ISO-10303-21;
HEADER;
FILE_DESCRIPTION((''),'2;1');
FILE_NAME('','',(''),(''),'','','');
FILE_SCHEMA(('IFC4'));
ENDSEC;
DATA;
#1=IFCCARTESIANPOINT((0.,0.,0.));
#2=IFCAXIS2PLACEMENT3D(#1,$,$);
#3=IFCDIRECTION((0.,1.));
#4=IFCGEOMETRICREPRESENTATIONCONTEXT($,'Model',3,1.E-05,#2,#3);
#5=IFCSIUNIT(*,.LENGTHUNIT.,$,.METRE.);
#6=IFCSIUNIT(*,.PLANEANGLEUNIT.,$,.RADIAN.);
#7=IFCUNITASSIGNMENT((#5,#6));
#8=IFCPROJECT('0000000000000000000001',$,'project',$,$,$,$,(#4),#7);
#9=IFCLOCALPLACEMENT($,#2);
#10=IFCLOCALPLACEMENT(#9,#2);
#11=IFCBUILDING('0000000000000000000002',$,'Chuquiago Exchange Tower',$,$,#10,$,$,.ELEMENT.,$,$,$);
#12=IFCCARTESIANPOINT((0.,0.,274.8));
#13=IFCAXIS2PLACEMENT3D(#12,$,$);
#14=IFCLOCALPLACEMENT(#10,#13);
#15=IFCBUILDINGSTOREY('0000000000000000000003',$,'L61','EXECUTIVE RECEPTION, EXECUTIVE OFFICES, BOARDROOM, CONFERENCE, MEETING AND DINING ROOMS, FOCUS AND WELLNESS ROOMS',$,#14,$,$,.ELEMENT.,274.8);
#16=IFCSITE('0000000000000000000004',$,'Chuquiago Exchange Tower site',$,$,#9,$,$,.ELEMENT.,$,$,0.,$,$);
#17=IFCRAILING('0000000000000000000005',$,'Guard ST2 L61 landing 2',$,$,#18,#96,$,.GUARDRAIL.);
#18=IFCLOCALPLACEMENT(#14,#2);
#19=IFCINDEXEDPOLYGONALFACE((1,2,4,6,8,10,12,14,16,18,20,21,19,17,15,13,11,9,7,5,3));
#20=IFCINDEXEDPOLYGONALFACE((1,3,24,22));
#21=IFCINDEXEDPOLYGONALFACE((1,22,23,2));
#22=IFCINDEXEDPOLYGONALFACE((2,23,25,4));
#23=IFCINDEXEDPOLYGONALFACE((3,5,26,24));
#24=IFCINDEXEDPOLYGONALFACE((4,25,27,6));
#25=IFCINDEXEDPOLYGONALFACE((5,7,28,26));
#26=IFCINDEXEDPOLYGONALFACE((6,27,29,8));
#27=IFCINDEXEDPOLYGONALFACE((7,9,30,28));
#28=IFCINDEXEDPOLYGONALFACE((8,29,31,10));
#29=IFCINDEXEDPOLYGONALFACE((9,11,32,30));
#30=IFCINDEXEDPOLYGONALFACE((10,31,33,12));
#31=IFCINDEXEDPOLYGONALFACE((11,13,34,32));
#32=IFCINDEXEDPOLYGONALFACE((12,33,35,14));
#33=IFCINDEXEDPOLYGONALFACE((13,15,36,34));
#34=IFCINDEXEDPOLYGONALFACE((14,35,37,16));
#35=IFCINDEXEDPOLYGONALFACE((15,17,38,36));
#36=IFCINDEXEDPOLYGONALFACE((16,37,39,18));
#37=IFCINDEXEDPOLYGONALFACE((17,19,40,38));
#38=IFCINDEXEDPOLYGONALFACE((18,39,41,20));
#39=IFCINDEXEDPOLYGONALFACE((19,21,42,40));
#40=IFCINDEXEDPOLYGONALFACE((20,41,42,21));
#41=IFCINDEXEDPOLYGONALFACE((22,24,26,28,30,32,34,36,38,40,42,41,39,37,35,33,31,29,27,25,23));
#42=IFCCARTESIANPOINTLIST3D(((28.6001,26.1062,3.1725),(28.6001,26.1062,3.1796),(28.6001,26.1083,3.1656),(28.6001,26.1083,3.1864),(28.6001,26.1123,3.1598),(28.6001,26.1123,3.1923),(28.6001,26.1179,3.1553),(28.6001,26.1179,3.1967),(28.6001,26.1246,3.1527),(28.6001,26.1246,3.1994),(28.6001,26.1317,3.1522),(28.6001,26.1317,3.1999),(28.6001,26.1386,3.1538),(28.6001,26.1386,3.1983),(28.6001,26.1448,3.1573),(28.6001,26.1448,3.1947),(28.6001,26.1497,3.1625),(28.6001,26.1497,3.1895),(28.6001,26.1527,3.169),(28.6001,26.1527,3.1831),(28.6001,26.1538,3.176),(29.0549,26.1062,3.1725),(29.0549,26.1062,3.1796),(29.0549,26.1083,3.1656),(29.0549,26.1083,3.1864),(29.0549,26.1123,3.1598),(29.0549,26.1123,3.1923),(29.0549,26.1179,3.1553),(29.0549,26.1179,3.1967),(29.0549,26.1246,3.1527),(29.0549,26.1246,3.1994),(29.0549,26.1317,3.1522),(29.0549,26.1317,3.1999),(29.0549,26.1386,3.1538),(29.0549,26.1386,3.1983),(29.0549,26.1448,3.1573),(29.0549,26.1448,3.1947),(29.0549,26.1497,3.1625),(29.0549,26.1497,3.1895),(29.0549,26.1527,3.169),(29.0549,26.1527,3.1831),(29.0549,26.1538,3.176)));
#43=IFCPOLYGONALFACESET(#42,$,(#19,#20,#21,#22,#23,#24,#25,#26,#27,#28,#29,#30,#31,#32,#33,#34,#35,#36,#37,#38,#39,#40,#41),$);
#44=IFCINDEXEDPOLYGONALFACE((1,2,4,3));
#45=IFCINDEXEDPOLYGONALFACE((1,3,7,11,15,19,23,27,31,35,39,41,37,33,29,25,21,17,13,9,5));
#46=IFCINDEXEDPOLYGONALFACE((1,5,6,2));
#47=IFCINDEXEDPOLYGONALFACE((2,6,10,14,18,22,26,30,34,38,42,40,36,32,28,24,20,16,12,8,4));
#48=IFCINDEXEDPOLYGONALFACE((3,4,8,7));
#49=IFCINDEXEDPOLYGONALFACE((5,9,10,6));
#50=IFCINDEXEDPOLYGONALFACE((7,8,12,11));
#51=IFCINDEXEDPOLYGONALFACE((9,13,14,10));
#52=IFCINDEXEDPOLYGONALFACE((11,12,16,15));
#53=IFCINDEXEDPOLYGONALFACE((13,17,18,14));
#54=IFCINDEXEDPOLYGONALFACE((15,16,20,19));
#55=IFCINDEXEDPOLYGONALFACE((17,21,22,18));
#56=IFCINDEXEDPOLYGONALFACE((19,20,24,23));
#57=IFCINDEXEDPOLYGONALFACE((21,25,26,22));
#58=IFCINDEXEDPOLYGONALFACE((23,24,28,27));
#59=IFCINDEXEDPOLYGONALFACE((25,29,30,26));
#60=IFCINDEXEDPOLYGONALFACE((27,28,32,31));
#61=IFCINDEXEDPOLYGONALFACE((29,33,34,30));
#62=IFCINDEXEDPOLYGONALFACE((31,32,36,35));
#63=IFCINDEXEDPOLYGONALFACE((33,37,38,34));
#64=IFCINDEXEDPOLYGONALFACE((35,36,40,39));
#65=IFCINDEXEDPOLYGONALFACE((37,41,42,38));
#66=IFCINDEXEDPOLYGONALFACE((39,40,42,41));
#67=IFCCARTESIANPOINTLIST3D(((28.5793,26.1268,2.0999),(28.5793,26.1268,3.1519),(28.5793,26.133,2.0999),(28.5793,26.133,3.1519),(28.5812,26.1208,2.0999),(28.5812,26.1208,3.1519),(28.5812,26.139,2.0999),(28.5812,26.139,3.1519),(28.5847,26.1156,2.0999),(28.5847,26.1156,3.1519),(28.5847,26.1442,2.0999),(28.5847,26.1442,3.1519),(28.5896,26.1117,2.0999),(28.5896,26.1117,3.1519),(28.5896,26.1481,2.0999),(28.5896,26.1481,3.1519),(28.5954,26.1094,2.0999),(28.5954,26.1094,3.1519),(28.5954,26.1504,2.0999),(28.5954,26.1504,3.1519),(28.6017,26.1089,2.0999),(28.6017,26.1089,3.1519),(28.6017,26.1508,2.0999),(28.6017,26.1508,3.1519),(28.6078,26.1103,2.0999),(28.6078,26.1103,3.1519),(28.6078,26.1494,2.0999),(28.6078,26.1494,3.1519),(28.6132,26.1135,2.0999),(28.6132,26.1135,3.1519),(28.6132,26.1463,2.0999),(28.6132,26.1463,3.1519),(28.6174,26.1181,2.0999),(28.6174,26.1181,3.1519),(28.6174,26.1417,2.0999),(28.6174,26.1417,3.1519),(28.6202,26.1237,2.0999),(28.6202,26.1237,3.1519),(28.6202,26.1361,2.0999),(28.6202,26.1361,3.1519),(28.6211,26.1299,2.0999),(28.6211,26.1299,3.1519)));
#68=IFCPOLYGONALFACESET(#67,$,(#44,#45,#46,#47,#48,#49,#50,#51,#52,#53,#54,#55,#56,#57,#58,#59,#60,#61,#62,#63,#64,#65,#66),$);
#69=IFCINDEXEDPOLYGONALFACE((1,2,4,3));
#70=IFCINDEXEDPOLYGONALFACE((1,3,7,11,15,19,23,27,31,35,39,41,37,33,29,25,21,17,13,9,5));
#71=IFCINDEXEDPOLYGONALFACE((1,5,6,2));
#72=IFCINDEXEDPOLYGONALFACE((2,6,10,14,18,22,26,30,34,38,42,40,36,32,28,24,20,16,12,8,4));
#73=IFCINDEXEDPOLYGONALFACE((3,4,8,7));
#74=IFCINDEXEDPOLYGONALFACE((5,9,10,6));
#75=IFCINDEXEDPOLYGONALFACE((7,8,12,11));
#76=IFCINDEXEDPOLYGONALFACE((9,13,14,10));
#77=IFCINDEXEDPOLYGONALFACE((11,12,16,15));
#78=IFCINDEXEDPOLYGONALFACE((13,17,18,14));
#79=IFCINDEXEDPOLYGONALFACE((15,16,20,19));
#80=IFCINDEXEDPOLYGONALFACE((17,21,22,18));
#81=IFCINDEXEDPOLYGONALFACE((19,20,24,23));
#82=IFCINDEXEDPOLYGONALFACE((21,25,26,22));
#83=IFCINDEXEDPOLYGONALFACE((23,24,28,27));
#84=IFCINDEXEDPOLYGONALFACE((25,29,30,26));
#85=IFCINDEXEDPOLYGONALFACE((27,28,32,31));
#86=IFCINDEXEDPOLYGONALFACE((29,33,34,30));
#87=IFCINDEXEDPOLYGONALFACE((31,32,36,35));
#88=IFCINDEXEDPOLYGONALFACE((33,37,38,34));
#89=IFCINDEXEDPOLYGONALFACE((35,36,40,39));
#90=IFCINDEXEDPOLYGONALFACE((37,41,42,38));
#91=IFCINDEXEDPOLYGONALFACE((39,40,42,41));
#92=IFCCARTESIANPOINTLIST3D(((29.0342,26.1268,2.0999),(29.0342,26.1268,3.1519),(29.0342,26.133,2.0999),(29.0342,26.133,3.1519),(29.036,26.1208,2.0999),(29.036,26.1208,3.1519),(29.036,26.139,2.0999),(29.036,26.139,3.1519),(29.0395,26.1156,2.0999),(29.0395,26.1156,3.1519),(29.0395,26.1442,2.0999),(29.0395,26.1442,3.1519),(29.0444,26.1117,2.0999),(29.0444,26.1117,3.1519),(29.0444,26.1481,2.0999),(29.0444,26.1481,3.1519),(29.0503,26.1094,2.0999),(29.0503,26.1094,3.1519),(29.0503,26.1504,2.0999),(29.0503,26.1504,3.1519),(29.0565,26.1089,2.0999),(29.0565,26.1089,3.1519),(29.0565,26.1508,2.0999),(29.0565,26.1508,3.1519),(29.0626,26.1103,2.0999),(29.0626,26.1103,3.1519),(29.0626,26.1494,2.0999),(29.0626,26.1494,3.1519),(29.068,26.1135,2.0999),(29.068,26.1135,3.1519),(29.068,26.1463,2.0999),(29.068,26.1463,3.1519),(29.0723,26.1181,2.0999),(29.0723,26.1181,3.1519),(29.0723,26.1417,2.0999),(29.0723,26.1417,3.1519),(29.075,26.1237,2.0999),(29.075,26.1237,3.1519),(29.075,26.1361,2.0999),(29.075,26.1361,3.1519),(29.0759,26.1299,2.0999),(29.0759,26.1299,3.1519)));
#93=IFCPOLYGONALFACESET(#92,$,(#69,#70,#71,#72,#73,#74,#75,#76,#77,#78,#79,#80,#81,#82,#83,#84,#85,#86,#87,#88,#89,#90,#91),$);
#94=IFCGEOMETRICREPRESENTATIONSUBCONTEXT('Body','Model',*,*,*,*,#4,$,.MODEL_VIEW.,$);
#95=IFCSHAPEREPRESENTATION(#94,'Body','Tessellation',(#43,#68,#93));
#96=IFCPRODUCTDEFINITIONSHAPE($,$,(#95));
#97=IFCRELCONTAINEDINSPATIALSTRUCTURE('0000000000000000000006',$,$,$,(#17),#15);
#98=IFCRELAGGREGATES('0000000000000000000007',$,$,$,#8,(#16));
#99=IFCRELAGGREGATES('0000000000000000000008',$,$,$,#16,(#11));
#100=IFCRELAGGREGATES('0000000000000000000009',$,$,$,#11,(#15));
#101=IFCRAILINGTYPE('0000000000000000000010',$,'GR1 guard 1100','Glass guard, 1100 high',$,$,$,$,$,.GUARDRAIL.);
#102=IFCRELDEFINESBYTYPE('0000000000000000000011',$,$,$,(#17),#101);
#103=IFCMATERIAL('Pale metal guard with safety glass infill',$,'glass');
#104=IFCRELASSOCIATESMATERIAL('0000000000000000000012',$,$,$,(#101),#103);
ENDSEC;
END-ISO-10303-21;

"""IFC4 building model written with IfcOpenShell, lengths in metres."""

from ifc_helpers import new_model, si_unit, direction, frame, origin, origin_2d, place, context, subcontext, project, spatial, circle, extrude, material, type_object, element, save


model = new_model("IFC4")

# Units and contexts
model_context = context("Model", 3, precision=1e-05, world=origin(), true_north=direction((0.0, 1.0)))
body_context = subcontext(model_context, "Body", "Model", "MODEL_VIEW")
ifc_project = project(units=[si_unit("LENGTHUNIT", "METRE"), si_unit("PLANEANGLEUNIT", "RADIAN")], contexts=[model_context])

# Site, building, storey
site_placement = place(None, origin())
site = spatial("IfcSite", under=ifc_project, at=site_placement, Name="Chuquiago Exchange Tower site", CompositionType="ELEMENT", RefElevation=0.0)
building_placement = place(site_placement, origin())
building = spatial("IfcBuilding", under=site, at=building_placement, Name="Chuquiago Exchange Tower", CompositionType="ELEMENT")
storey_placement = place(building_placement, frame((0.0, 0.0, 274.8)))
storey = spatial("IfcBuildingStorey", under=building, at=storey_placement, Name="L61", Description="EXECUTIVE RECEPTION, EXECUTIVE OFFICES, BOARDROOM, CONFERENCE, MEETING AND DINING ROOMS, FOCUS AND WELLNESS ROOMS", CompositionType="ELEMENT", Elevation=274.8)

# Railing
ifc_material_1 = material(Name="Pale metal guard with safety glass infill", Category="glass")
railing_type_1 = type_object("IfcRailingType", Name="GR1 guard 1100", Description="Glass guard, 1100 high", PredefinedType="GUARDRAIL", material=ifc_material_1)
railing_1_placement = place(storey_placement, frame((28.6001, 26.1299, 2.0999)))
element("IfcRailing", 1, at=railing_1_placement, inside=storey, type_object=railing_type_1, Name="Guard ST2 L61 landing 2", PredefinedType="GUARDRAIL", context=body_context, shape_type="SweptSolid", body=[
    extrude(circle(Radius=0.0239, at=origin_2d()), frame((0.0, 0.0, 1.0762), z_axis=(1.0, 0.0, 0.0), x_axis=(0.0, 1.0, 0.0)), (0.0, 0.0, 1.0), 0.4548),
    extrude(circle(Radius=0.021, at=origin_2d()), origin(), (0.0, 0.0, 1.0), 1.052),
    extrude(circle(Radius=0.021, at=origin_2d()), frame((0.4548, 0.0, 0.0)), (0.0, 0.0, 1.0), 1.052),
])

save(model, "model.ifc")
